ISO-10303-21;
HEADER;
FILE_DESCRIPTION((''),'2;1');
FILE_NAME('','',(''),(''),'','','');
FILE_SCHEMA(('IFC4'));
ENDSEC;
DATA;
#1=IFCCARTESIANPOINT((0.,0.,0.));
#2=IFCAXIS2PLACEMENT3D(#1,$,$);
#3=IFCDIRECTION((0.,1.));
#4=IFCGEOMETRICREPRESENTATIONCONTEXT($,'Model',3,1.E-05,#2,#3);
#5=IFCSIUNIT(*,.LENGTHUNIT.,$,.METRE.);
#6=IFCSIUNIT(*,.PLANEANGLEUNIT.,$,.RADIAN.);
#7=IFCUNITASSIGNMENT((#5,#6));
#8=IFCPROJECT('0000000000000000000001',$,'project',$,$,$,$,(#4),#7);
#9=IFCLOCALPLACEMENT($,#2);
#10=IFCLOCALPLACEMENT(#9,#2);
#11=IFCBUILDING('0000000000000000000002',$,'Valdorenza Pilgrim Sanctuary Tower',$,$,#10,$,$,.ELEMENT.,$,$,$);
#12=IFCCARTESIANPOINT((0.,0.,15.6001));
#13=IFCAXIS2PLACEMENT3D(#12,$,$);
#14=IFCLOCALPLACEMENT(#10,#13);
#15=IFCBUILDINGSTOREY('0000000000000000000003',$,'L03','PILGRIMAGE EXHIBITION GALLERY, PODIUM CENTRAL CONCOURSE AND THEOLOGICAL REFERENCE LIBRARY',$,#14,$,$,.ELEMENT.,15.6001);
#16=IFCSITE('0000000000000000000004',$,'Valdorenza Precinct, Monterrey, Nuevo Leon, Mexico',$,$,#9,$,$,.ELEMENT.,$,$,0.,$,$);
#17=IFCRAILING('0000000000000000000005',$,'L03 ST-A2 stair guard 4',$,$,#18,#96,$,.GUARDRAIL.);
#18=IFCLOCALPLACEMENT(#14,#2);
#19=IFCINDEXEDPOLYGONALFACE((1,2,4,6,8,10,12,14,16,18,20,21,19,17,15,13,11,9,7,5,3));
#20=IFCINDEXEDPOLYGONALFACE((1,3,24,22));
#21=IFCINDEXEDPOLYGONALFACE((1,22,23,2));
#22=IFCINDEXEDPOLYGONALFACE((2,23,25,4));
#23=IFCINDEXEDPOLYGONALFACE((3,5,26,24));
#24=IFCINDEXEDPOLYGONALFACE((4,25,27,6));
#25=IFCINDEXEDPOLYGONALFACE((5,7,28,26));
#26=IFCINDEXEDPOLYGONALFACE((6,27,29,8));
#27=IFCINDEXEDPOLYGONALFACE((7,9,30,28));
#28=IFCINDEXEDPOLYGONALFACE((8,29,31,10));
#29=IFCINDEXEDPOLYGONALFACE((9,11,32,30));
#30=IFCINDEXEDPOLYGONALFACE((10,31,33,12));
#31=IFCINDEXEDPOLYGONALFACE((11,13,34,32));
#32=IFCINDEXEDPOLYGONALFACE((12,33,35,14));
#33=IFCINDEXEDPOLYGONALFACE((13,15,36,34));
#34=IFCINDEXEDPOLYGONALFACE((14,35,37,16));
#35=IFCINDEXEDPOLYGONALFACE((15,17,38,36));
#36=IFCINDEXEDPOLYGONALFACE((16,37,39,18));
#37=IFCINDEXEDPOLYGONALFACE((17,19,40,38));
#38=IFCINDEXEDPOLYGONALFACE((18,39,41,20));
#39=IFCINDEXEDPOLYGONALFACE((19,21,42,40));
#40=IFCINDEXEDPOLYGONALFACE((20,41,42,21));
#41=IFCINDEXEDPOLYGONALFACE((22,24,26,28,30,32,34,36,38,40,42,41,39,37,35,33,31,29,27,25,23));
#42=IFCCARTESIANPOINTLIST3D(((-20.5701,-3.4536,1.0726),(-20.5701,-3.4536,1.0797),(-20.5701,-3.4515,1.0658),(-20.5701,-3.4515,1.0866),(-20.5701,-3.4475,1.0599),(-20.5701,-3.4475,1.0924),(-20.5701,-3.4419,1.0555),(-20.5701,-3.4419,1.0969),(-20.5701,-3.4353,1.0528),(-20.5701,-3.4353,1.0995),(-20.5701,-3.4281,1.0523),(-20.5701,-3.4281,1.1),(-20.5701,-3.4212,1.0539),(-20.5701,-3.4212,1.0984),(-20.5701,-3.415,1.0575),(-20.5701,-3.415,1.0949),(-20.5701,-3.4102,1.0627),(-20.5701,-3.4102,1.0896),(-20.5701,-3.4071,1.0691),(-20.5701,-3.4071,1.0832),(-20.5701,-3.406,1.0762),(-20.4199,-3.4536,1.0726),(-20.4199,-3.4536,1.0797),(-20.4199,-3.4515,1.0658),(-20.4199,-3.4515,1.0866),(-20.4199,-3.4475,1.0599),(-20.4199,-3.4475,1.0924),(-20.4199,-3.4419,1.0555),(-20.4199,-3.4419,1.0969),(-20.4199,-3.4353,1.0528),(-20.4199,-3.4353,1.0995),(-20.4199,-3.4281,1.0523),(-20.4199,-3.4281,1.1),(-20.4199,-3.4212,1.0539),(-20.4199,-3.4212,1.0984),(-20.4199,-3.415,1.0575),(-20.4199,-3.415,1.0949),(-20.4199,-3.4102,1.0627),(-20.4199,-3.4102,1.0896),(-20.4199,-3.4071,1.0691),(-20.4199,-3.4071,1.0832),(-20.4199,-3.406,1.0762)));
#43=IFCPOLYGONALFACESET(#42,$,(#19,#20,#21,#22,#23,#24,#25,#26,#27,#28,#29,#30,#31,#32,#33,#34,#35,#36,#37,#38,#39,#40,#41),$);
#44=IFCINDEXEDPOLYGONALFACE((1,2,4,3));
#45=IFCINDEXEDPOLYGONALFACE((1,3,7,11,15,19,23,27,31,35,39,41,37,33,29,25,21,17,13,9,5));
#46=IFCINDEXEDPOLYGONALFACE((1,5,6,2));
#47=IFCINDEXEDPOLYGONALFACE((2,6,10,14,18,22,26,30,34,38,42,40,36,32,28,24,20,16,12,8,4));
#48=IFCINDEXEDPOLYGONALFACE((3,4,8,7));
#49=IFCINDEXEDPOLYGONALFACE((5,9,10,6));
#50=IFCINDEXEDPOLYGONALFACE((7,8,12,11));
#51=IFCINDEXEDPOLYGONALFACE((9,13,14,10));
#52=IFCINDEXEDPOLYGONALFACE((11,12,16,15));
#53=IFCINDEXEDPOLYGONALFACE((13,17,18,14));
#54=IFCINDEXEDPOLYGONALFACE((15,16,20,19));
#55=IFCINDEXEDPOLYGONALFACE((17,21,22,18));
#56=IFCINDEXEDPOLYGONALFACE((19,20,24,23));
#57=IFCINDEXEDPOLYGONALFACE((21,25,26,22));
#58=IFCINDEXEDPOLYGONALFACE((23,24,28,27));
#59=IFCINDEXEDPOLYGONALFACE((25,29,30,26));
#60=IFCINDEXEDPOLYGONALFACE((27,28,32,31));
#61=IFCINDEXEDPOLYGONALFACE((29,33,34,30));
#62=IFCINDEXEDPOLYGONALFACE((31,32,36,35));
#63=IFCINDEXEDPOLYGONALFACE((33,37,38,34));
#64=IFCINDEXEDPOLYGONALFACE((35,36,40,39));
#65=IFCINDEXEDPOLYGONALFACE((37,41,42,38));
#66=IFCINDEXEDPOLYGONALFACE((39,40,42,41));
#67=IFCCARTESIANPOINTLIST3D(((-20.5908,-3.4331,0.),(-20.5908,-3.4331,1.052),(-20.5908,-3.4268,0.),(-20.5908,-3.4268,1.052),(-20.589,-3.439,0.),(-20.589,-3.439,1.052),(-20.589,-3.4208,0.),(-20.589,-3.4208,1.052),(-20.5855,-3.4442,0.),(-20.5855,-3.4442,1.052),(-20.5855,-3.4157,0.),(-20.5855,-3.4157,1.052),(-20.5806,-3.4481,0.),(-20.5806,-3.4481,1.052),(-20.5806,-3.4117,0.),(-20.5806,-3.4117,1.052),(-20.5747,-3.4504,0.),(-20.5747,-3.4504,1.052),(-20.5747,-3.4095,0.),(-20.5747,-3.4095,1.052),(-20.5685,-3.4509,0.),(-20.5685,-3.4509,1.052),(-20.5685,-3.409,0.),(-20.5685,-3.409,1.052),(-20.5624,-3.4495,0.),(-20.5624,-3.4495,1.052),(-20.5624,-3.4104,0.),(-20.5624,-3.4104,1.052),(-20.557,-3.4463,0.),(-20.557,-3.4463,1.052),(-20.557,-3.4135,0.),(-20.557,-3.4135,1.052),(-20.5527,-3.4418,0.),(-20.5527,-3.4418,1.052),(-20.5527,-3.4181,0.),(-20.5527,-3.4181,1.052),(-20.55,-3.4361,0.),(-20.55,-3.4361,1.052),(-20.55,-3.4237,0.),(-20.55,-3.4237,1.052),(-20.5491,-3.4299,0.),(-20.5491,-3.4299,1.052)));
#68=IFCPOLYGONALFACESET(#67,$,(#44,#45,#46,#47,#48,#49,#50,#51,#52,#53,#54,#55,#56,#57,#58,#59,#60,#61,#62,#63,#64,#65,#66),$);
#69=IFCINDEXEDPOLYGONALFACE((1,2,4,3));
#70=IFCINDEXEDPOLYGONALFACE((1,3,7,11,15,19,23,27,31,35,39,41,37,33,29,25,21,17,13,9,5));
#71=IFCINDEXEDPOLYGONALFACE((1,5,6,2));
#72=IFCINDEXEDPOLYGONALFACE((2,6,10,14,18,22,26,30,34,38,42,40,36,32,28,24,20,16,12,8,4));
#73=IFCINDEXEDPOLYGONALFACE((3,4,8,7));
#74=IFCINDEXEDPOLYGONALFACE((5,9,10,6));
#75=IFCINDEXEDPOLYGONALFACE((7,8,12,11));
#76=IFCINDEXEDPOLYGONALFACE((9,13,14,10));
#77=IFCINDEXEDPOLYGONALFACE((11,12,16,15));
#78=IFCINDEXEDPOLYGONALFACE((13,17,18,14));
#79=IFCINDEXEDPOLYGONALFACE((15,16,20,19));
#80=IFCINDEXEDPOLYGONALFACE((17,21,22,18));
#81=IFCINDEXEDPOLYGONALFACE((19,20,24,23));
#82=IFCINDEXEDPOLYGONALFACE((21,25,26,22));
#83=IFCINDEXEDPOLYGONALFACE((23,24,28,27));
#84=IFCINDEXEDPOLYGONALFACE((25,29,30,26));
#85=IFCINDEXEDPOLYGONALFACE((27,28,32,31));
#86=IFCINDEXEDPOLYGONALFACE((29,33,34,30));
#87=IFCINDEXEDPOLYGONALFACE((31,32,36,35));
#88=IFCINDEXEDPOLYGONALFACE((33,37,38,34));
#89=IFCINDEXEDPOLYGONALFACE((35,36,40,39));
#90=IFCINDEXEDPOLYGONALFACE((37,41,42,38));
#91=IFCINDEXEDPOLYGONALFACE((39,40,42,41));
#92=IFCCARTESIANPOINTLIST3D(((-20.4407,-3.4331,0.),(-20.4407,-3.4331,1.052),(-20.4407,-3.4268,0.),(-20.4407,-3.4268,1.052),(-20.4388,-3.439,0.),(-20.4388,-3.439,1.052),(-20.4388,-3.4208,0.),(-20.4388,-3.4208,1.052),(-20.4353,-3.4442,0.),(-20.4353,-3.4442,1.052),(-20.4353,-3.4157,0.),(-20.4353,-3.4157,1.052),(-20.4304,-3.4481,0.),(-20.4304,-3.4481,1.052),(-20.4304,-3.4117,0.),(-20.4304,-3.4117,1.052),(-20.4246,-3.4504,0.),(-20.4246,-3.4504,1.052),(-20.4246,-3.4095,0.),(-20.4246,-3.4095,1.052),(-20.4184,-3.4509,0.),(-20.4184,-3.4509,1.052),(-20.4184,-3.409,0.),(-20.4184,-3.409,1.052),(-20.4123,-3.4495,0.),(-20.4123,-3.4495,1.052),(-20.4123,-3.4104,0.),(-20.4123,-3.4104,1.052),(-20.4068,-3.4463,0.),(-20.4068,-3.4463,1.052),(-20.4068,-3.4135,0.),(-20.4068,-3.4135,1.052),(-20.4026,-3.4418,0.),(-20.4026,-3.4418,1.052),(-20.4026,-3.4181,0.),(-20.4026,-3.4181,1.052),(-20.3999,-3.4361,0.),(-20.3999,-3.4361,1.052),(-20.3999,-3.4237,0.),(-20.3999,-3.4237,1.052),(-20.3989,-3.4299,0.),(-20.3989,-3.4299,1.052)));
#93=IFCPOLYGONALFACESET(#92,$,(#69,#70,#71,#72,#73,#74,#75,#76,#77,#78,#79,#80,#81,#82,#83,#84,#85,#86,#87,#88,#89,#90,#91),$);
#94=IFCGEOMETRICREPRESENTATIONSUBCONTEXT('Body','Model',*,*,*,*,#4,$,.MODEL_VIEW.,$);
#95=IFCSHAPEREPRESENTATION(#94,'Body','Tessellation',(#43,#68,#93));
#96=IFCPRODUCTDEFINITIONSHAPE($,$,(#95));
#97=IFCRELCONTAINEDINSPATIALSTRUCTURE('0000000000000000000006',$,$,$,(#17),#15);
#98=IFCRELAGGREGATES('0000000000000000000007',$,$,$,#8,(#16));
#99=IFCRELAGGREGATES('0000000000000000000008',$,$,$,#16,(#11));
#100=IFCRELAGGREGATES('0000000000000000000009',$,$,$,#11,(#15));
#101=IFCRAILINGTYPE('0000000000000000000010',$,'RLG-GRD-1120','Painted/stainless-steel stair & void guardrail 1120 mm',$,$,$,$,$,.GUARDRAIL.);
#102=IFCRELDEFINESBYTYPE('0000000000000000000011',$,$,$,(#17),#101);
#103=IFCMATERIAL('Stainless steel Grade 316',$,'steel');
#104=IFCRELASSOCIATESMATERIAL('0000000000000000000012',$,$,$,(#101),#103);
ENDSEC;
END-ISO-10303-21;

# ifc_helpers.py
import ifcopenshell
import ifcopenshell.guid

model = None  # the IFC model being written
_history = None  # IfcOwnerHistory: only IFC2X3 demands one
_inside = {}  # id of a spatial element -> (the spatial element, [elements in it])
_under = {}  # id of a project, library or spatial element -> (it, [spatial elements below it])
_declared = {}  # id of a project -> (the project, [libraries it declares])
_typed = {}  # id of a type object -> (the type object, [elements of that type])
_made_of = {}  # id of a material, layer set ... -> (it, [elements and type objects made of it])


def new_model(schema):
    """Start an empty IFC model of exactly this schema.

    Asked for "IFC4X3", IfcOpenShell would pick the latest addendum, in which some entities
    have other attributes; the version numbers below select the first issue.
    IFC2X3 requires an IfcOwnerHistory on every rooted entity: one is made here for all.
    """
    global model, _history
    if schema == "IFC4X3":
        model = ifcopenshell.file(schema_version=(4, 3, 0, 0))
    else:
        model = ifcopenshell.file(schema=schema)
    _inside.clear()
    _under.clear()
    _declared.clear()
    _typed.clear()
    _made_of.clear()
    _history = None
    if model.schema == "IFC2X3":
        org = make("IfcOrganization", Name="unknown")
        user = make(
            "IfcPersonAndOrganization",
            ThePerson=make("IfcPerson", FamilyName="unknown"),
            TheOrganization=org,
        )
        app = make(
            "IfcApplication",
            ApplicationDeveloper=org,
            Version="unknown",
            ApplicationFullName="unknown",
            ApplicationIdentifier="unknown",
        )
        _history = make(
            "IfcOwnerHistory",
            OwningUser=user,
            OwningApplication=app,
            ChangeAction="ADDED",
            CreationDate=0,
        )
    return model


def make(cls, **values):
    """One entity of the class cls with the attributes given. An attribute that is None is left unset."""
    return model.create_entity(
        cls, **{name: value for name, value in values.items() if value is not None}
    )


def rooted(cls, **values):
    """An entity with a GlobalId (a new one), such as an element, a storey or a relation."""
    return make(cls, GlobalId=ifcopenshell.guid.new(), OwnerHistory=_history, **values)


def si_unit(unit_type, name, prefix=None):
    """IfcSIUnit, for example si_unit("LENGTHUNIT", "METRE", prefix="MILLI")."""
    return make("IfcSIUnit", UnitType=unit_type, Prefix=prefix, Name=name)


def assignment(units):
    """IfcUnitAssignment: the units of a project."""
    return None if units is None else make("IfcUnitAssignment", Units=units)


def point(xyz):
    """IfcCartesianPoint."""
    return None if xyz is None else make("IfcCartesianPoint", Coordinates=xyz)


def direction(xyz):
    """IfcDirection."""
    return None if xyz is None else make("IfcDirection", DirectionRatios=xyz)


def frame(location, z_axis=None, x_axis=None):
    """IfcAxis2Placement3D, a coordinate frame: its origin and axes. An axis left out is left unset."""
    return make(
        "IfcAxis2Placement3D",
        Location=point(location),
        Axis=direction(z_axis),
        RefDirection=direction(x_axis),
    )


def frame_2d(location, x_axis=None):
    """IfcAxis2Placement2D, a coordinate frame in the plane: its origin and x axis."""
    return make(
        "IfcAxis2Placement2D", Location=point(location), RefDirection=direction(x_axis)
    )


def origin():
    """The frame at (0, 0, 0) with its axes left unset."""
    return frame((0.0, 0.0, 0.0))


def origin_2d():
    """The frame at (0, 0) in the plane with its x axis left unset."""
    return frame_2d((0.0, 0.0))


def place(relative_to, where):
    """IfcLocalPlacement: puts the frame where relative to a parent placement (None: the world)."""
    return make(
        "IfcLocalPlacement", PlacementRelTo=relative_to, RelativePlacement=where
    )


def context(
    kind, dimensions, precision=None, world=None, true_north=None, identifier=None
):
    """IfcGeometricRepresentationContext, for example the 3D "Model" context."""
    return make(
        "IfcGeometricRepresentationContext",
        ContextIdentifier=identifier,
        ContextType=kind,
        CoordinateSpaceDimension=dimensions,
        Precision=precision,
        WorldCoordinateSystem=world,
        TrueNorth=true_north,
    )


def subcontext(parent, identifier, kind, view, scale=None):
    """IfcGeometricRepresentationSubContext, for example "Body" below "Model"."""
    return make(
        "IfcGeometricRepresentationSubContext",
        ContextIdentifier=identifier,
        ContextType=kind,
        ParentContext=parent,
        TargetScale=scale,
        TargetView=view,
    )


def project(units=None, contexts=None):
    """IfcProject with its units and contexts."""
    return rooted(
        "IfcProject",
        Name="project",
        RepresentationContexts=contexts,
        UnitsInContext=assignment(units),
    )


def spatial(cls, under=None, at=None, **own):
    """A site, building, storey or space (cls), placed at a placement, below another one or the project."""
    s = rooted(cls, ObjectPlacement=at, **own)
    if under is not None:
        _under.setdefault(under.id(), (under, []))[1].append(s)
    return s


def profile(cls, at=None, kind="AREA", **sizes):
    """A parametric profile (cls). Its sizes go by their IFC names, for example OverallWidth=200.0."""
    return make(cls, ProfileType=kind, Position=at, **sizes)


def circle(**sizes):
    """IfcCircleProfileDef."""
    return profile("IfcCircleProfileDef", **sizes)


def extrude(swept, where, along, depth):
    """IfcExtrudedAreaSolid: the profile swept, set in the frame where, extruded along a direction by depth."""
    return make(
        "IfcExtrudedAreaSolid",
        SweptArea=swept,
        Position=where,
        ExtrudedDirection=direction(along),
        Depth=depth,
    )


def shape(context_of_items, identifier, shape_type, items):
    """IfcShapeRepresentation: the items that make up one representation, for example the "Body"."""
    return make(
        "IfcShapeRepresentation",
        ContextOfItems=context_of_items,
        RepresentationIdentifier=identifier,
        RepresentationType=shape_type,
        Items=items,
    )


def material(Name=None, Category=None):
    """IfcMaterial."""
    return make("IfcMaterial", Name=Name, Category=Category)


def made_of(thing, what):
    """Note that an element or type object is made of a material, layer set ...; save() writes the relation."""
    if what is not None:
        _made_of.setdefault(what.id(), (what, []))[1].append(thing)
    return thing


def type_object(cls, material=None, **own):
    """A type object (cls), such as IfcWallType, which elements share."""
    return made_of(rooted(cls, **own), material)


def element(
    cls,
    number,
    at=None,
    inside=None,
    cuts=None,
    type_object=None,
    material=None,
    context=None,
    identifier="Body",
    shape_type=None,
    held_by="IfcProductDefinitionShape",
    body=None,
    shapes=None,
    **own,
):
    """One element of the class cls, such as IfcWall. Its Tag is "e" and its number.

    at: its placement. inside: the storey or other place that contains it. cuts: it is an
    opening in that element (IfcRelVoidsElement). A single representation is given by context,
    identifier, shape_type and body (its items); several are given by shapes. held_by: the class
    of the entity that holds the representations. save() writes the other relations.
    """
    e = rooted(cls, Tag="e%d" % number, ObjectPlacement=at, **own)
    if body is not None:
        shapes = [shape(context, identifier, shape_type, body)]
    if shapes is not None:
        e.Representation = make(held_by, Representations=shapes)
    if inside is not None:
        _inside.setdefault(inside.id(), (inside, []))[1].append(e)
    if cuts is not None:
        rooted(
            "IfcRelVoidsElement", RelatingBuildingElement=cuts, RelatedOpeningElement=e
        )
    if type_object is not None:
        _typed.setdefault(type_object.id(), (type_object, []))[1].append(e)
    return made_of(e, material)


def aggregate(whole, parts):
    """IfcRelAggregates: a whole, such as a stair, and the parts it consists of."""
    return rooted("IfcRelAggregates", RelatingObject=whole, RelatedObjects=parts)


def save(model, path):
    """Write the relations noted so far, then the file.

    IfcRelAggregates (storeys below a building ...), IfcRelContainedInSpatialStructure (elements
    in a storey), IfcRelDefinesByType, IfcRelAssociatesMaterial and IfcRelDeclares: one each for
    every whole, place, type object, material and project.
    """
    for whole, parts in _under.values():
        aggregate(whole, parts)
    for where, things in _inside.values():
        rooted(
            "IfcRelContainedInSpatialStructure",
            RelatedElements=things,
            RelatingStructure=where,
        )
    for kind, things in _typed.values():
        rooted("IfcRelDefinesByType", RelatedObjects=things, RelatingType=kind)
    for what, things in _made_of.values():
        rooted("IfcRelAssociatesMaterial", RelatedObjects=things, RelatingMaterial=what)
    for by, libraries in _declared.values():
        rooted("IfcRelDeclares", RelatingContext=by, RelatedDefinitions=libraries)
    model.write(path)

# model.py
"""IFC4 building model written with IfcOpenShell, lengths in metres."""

from ifc_helpers import new_model, si_unit, direction, frame, origin, origin_2d, place, context, subcontext, project, spatial, circle, extrude, material, type_object, element, save


model = new_model("IFC4")

# Units and contexts
model_context = context("Model", 3, precision=1e-05, world=origin(), true_north=direction((0.0, 1.0)))
body_context = subcontext(model_context, "Body", "Model", "MODEL_VIEW")
ifc_project = project(units=[si_unit("LENGTHUNIT", "METRE"), si_unit("PLANEANGLEUNIT", "RADIAN")], contexts=[model_context])

# Site, building, storey
site_placement = place(None, origin())
site = spatial("IfcSite", under=ifc_project, at=site_placement, Name="Valdorenza Precinct, Monterrey, Nuevo Leon, Mexico", CompositionType="ELEMENT", RefElevation=0.0)
building_placement = place(site_placement, origin())
building = spatial("IfcBuilding", under=site, at=building_placement, Name="Valdorenza Pilgrim Sanctuary Tower", CompositionType="ELEMENT")
storey_placement = place(building_placement, frame((0.0, 0.0, 15.6001)))
storey = spatial("IfcBuildingStorey", under=building, at=storey_placement, Name="L03", Description="PILGRIMAGE EXHIBITION GALLERY, PODIUM CENTRAL CONCOURSE AND THEOLOGICAL REFERENCE LIBRARY", CompositionType="ELEMENT", Elevation=15.6001)

# Railing
ifc_material_1 = material(Name="Stainless steel Grade 316", Category="steel")
railing_type_1 = type_object("IfcRailingType", Name="RLG-GRD-1120", Description="Painted/stainless-steel stair & void guardrail 1120 mm", PredefinedType="GUARDRAIL", material=ifc_material_1)
railing_1_placement = place(storey_placement, frame((-20.5701, -3.4299, 0.0)))
element("IfcRailing", 1, at=railing_1_placement, inside=storey, type_object=railing_type_1, Name="L03 ST-A2 stair guard 4", PredefinedType="GUARDRAIL", context=body_context, shape_type="SweptSolid", body=[
    extrude(circle(Radius=0.0239, at=origin_2d()), frame((0.0, 0.0, 1.0762), z_axis=(1.0, 0.0, 0.0), x_axis=(0.0, 1.0, 0.0)), (0.0, 0.0, 1.0), 0.1501),
    extrude(circle(Radius=0.021, at=origin_2d()), origin(), (0.0, 0.0, 1.0), 1.052),
    extrude(circle(Radius=0.021, at=origin_2d()), frame((0.1501, 0.0, 0.0)), (0.0, 0.0, 1.0), 1.052),
])

save(model, "model.ifc")
